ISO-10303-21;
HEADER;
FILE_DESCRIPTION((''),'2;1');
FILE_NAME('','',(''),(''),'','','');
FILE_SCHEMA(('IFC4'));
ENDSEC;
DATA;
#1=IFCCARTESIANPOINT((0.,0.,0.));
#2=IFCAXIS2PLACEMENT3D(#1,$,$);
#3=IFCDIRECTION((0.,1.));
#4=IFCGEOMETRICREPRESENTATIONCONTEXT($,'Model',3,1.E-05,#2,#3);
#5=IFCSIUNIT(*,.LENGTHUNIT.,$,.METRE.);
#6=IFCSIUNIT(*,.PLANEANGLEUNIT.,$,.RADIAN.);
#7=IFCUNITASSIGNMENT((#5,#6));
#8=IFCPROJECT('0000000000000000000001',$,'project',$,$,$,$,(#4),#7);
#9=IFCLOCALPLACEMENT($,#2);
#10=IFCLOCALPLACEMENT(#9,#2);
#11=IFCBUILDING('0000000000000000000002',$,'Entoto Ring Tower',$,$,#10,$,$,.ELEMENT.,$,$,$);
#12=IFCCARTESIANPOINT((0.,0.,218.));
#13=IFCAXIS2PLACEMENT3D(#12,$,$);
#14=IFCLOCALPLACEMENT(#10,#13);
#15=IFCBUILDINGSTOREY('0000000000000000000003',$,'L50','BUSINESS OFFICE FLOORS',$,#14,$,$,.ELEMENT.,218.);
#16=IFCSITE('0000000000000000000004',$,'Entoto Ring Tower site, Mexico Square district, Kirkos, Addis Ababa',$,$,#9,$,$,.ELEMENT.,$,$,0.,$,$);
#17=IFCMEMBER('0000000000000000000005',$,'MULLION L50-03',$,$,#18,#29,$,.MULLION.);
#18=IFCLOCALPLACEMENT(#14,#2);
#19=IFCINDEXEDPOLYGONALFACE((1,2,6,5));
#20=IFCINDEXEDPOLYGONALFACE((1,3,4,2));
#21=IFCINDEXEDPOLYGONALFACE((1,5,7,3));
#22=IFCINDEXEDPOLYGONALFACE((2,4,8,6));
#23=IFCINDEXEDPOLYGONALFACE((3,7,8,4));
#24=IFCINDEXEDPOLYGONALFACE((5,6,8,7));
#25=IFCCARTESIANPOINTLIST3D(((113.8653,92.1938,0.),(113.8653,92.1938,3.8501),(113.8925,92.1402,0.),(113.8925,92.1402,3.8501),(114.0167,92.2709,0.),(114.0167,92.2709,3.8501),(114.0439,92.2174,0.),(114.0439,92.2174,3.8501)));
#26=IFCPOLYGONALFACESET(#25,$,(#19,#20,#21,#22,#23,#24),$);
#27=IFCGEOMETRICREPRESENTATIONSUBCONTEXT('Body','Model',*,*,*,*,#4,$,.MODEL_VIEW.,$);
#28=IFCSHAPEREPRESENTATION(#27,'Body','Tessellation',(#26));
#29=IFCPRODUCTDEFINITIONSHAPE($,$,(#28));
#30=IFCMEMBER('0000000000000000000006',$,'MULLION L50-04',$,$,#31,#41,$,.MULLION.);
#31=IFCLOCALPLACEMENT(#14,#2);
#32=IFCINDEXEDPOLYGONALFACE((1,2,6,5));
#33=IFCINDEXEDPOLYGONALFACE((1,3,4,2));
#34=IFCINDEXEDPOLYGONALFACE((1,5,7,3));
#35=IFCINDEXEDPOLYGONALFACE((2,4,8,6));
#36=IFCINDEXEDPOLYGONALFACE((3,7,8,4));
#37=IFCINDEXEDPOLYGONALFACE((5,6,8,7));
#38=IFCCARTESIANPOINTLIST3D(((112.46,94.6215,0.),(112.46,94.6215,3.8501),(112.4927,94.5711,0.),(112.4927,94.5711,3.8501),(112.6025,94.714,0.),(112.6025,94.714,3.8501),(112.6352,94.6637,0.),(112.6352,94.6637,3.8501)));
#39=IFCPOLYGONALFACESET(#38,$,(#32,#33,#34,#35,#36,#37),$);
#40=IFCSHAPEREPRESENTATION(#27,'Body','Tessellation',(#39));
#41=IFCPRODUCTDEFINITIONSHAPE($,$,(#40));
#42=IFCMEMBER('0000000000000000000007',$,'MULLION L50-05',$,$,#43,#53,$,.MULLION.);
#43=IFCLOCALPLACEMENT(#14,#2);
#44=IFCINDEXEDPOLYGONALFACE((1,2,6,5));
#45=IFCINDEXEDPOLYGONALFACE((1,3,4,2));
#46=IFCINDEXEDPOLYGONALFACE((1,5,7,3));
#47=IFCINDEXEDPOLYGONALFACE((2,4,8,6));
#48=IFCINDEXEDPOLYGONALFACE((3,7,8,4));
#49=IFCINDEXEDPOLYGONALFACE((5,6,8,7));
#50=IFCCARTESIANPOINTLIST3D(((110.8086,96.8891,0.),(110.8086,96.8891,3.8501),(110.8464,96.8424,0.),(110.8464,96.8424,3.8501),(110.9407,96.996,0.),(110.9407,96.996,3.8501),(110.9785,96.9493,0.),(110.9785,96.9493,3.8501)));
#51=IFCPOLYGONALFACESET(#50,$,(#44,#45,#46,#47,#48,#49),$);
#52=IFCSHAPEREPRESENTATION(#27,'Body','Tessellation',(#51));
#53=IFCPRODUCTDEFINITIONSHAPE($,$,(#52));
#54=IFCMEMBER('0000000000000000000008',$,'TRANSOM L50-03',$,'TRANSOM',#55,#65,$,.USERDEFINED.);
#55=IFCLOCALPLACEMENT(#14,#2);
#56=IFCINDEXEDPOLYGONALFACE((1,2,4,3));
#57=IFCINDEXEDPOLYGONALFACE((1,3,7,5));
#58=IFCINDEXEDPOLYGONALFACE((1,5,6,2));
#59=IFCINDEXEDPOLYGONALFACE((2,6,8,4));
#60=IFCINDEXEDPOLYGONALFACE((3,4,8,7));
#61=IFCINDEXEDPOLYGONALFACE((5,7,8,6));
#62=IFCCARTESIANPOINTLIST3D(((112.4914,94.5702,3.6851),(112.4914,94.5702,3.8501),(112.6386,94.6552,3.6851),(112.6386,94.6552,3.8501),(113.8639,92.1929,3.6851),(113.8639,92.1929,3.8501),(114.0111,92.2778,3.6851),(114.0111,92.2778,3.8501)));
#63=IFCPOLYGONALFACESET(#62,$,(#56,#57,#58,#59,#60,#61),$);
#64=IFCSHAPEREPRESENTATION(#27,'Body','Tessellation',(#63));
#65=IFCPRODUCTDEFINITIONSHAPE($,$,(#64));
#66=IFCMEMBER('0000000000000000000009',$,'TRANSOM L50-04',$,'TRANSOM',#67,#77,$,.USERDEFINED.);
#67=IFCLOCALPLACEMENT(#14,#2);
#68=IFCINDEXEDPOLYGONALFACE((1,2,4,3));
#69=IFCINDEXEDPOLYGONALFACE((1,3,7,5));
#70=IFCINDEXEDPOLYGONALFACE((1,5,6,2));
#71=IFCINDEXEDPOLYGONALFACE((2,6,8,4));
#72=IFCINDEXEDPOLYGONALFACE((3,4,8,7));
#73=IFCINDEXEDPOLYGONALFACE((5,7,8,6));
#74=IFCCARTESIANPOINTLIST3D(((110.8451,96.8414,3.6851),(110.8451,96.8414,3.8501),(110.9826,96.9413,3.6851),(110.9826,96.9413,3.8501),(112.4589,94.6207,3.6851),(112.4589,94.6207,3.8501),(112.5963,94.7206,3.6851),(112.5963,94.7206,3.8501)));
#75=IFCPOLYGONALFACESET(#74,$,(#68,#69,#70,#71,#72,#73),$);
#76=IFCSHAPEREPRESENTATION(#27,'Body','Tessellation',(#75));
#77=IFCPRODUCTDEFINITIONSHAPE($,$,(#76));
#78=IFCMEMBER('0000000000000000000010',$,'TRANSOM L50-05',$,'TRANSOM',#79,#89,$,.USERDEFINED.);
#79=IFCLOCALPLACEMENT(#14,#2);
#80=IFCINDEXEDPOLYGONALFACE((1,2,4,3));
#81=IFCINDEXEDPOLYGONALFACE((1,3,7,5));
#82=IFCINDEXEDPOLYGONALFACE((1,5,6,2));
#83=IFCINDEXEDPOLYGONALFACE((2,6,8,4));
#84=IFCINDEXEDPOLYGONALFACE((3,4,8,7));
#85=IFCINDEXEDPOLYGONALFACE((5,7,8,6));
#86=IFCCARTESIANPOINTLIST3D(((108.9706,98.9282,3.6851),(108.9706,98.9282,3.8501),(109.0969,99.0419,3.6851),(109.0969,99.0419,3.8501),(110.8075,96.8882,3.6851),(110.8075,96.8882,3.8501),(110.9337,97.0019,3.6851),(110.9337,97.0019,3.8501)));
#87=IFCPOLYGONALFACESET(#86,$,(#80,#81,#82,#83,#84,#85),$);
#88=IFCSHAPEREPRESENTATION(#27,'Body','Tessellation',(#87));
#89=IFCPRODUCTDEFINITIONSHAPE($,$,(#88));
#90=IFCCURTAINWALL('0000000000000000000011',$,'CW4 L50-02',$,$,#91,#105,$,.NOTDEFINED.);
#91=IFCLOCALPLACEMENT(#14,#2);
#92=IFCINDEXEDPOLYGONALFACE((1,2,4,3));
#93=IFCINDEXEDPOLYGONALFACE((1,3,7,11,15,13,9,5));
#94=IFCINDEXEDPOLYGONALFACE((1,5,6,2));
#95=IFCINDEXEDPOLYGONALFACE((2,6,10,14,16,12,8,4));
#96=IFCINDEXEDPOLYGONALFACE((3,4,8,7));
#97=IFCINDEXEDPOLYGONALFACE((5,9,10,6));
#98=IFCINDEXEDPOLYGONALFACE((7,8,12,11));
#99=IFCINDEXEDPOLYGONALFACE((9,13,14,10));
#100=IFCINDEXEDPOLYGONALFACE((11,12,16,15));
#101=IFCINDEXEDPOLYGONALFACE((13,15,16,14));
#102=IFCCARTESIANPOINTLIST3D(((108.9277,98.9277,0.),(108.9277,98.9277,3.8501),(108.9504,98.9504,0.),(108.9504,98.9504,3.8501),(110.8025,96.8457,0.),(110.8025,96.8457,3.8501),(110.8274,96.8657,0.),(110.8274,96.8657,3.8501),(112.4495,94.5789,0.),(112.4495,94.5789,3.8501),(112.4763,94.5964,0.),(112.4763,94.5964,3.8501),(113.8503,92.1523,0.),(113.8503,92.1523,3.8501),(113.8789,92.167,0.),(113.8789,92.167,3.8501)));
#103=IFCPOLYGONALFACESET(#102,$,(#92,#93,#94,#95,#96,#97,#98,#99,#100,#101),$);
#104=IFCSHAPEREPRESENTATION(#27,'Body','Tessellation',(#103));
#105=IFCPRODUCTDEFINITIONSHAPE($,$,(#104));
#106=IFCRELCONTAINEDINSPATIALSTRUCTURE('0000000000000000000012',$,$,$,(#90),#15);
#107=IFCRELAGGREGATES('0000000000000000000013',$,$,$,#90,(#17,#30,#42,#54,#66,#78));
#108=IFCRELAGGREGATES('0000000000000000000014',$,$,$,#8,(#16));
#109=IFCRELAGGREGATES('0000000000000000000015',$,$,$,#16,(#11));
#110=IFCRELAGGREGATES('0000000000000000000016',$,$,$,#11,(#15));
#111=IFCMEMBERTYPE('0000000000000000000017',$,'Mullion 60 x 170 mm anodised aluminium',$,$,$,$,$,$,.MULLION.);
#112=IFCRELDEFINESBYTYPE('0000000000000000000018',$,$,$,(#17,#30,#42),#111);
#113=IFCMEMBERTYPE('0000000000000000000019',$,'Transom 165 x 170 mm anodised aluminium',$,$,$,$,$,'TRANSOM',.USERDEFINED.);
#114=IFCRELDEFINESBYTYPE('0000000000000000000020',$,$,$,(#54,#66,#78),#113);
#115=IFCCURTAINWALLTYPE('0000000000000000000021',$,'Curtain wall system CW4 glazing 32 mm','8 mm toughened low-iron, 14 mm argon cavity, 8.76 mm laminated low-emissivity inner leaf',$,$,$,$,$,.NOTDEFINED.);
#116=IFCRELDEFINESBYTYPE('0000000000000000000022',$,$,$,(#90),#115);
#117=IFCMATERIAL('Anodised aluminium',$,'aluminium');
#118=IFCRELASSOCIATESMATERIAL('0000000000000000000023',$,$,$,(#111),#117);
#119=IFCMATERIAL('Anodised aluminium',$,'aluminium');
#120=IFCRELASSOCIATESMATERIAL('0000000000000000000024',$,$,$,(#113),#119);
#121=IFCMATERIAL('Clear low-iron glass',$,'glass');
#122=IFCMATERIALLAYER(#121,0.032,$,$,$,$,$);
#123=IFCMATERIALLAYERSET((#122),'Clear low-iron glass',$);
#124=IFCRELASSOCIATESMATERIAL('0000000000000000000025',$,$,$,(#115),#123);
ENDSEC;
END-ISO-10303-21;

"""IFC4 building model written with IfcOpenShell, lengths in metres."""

from ifc_helpers import new_model, si_unit, direction, frame, origin, origin_2d, place, context, subcontext, project, spatial, polyline, rectangle, outline, extrude, material, layer, layer_set, material_profile, profile_set, type_object, element, aggregate, save


model = new_model("IFC4")

# Units and contexts
model_context = context("Model", 3, precision=1e-05, world=origin(), true_north=direction((0.0, 1.0)))
body_context = subcontext(model_context, "Body", "Model", "MODEL_VIEW")
ifc_project = project(units=[si_unit("LENGTHUNIT", "METRE"), si_unit("PLANEANGLEUNIT", "RADIAN")], contexts=[model_context])

# Members
ifc_material_1 = material(Name="Anodised aluminium", Category="aluminium")
ifc_material_profile_1 = material_profile(ifc_material_1, rectangle(XDim=0.0601, YDim=0.1699, at=origin_2d()), Name="Mullion 60 x 170 mm anodised aluminium")
ifc_profile_set_1 = profile_set([ifc_material_profile_1], Name="Anodised aluminium")
member_type_1 = type_object("IfcMemberType", Name="Mullion 60 x 170 mm anodised aluminium", PredefinedType="MULLION", material=ifc_profile_set_1)
site_placement = place(None, origin())
building_placement = place(site_placement, origin())
storey_placement = place(building_placement, frame((0.0, 0.0, 218.0)))
member_1_placement = place(storey_placement, frame((113.9546, 92.2056, 0.0), z_axis=(0.0, 0.0, 1.0), x_axis=(-0.45399, 0.891007, 0.0)))
member_1 = element("IfcMember", 1, at=member_1_placement, type_object=member_type_1, Name="MULLION L50-03", PredefinedType="MULLION", context=body_context, shape_type="SweptSolid", body=[
    extrude(rectangle(XDim=0.0601, YDim=0.1699, at=origin_2d()), origin(), (0.0, 0.0, 1.0), 3.8501),
])
member_2_placement = place(storey_placement, frame((112.5476, 94.6426, 0.0), z_axis=(0.0, 0.0, 1.0), x_axis=(-0.544639, 0.838671, 0.0)))
member_2 = element("IfcMember", 2, at=member_2_placement, type_object=member_type_1, Name="MULLION L50-04", PredefinedType="MULLION", context=body_context, shape_type="SweptSolid", body=[
    extrude(rectangle(XDim=0.0601, YDim=0.1699, at=origin_2d()), origin(), (0.0, 0.0, 1.0), 3.8501),
])
member_3_placement = place(storey_placement, frame((110.8936, 96.9192, 0.0), z_axis=(0.0, 0.0, 1.0), x_axis=(-0.62932, 0.777146, 0.0)))
member_3 = element("IfcMember", 3, at=member_3_placement, type_object=member_type_1, Name="MULLION L50-05", PredefinedType="MULLION", context=body_context, shape_type="SweptSolid", body=[
    extrude(rectangle(XDim=0.0601, YDim=0.1699, at=origin_2d()), origin(), (0.0, 0.0, 1.0), 3.8501),
])
ifc_material_2 = material(Name="Anodised aluminium", Category="aluminium")
ifc_material_profile_2 = material_profile(ifc_material_2, rectangle(XDim=0.1699, YDim=0.165, at=origin_2d()), Name="Transom 165 x 170 mm anodised aluminium")
ifc_profile_set_2 = profile_set([ifc_material_profile_2], Name="Anodised aluminium")
member_type_2 = type_object("IfcMemberType", Name="Transom 165 x 170 mm anodised aluminium", ElementType="TRANSOM", PredefinedType="USERDEFINED", material=ifc_profile_set_2)
member_4_placement = place(storey_placement, frame((113.9375, 92.2354, 3.7676), z_axis=(-0.499984, 0.866035, 0.0), x_axis=(-0.866035, -0.499984, 0.0)))
member_4 = element("IfcMember", 4, at=member_4_placement, type_object=member_type_2, Name="TRANSOM L50-03", ObjectType="TRANSOM", PredefinedType="USERDEFINED", context=body_context, shape_type="SweptSolid", body=[
    extrude(rectangle(XDim=0.1699, YDim=0.165, at=origin_2d()), origin(), (0.0, 0.0, 1.0), 2.7451),
])
member_5_placement = place(storey_placement, frame((112.5276, 94.6707, 3.7676), z_axis=(-0.587865, 0.808959, 0.0), x_axis=(-0.808959, -0.587865, 0.0)))
member_5 = element("IfcMember", 5, at=member_5_placement, type_object=member_type_2, Name="TRANSOM L50-04", ObjectType="TRANSOM", PredefinedType="USERDEFINED", context=body_context, shape_type="SweptSolid", body=[
    extrude(rectangle(XDim=0.1699, YDim=0.165, at=origin_2d()), origin(), (0.0, 0.0, 1.0), 2.7451),
])
member_6_placement = place(storey_placement, frame((110.8706, 96.9451, 3.7676), z_axis=(-0.669142, 0.743135, 0.0), x_axis=(-0.743135, -0.669142, 0.0)))
member_6 = element("IfcMember", 6, at=member_6_placement, type_object=member_type_2, Name="TRANSOM L50-05", ObjectType="TRANSOM", PredefinedType="USERDEFINED", context=body_context, shape_type="SweptSolid", body=[
    extrude(rectangle(XDim=0.1699, YDim=0.165, at=origin_2d()), origin(), (0.0, 0.0, 1.0), 2.7451),
])

# Site, building, storey
site = spatial("IfcSite", under=ifc_project, at=site_placement, Name="Entoto Ring Tower site, Mexico Square district, Kirkos, Addis Ababa", CompositionType="ELEMENT", RefElevation=0.0)
building = spatial("IfcBuilding", under=site, at=building_placement, Name="Entoto Ring Tower", CompositionType="ELEMENT")
storey = spatial("IfcBuildingStorey", under=building, at=storey_placement, Name="L50", Description="BUSINESS OFFICE FLOORS", CompositionType="ELEMENT", Elevation=218.0)

# Curtain wall
ifc_material_3 = material(Name="Clear low-iron glass", Category="glass")
ifc_layer_1 = layer(ifc_material_3, 0.032)
ifc_layer_set_1 = layer_set([ifc_layer_1], Name="Clear low-iron glass")
curtain_wall_type = type_object("IfcCurtainWallType", Name="Curtain wall system CW4 glazing 32 mm", Description="8 mm toughened low-iron, 14 mm argon cavity, 8.76 mm laminated low-emissivity inner leaf", PredefinedType="NOTDEFINED", material=ifc_layer_set_1)
curtain_wall_1_placement = place(storey_placement, origin())
curtain_wall_1 = element("IfcCurtainWall", 7, at=curtain_wall_1_placement, inside=storey, type_object=curtain_wall_type, Name="CW4 L50-02", PredefinedType="NOTDEFINED", context=body_context, shape_type="SweptSolid", body=[
    extrude(outline(polyline([(113.8789, 92.167), (112.4763, 94.5964), (110.8274, 96.8657), (108.9504, 98.9504), (108.9277, 98.9277), (110.8025, 96.8457), (112.4495, 94.5789), (113.8503, 92.1523), (113.8789, 92.167)])), origin(), (0.0, 0.0, 1.0), 3.8501),
])
aggregate(curtain_wall_1, [member_1, member_2, member_3, member_4, member_5, member_6])

save(model, "model.ifc")
